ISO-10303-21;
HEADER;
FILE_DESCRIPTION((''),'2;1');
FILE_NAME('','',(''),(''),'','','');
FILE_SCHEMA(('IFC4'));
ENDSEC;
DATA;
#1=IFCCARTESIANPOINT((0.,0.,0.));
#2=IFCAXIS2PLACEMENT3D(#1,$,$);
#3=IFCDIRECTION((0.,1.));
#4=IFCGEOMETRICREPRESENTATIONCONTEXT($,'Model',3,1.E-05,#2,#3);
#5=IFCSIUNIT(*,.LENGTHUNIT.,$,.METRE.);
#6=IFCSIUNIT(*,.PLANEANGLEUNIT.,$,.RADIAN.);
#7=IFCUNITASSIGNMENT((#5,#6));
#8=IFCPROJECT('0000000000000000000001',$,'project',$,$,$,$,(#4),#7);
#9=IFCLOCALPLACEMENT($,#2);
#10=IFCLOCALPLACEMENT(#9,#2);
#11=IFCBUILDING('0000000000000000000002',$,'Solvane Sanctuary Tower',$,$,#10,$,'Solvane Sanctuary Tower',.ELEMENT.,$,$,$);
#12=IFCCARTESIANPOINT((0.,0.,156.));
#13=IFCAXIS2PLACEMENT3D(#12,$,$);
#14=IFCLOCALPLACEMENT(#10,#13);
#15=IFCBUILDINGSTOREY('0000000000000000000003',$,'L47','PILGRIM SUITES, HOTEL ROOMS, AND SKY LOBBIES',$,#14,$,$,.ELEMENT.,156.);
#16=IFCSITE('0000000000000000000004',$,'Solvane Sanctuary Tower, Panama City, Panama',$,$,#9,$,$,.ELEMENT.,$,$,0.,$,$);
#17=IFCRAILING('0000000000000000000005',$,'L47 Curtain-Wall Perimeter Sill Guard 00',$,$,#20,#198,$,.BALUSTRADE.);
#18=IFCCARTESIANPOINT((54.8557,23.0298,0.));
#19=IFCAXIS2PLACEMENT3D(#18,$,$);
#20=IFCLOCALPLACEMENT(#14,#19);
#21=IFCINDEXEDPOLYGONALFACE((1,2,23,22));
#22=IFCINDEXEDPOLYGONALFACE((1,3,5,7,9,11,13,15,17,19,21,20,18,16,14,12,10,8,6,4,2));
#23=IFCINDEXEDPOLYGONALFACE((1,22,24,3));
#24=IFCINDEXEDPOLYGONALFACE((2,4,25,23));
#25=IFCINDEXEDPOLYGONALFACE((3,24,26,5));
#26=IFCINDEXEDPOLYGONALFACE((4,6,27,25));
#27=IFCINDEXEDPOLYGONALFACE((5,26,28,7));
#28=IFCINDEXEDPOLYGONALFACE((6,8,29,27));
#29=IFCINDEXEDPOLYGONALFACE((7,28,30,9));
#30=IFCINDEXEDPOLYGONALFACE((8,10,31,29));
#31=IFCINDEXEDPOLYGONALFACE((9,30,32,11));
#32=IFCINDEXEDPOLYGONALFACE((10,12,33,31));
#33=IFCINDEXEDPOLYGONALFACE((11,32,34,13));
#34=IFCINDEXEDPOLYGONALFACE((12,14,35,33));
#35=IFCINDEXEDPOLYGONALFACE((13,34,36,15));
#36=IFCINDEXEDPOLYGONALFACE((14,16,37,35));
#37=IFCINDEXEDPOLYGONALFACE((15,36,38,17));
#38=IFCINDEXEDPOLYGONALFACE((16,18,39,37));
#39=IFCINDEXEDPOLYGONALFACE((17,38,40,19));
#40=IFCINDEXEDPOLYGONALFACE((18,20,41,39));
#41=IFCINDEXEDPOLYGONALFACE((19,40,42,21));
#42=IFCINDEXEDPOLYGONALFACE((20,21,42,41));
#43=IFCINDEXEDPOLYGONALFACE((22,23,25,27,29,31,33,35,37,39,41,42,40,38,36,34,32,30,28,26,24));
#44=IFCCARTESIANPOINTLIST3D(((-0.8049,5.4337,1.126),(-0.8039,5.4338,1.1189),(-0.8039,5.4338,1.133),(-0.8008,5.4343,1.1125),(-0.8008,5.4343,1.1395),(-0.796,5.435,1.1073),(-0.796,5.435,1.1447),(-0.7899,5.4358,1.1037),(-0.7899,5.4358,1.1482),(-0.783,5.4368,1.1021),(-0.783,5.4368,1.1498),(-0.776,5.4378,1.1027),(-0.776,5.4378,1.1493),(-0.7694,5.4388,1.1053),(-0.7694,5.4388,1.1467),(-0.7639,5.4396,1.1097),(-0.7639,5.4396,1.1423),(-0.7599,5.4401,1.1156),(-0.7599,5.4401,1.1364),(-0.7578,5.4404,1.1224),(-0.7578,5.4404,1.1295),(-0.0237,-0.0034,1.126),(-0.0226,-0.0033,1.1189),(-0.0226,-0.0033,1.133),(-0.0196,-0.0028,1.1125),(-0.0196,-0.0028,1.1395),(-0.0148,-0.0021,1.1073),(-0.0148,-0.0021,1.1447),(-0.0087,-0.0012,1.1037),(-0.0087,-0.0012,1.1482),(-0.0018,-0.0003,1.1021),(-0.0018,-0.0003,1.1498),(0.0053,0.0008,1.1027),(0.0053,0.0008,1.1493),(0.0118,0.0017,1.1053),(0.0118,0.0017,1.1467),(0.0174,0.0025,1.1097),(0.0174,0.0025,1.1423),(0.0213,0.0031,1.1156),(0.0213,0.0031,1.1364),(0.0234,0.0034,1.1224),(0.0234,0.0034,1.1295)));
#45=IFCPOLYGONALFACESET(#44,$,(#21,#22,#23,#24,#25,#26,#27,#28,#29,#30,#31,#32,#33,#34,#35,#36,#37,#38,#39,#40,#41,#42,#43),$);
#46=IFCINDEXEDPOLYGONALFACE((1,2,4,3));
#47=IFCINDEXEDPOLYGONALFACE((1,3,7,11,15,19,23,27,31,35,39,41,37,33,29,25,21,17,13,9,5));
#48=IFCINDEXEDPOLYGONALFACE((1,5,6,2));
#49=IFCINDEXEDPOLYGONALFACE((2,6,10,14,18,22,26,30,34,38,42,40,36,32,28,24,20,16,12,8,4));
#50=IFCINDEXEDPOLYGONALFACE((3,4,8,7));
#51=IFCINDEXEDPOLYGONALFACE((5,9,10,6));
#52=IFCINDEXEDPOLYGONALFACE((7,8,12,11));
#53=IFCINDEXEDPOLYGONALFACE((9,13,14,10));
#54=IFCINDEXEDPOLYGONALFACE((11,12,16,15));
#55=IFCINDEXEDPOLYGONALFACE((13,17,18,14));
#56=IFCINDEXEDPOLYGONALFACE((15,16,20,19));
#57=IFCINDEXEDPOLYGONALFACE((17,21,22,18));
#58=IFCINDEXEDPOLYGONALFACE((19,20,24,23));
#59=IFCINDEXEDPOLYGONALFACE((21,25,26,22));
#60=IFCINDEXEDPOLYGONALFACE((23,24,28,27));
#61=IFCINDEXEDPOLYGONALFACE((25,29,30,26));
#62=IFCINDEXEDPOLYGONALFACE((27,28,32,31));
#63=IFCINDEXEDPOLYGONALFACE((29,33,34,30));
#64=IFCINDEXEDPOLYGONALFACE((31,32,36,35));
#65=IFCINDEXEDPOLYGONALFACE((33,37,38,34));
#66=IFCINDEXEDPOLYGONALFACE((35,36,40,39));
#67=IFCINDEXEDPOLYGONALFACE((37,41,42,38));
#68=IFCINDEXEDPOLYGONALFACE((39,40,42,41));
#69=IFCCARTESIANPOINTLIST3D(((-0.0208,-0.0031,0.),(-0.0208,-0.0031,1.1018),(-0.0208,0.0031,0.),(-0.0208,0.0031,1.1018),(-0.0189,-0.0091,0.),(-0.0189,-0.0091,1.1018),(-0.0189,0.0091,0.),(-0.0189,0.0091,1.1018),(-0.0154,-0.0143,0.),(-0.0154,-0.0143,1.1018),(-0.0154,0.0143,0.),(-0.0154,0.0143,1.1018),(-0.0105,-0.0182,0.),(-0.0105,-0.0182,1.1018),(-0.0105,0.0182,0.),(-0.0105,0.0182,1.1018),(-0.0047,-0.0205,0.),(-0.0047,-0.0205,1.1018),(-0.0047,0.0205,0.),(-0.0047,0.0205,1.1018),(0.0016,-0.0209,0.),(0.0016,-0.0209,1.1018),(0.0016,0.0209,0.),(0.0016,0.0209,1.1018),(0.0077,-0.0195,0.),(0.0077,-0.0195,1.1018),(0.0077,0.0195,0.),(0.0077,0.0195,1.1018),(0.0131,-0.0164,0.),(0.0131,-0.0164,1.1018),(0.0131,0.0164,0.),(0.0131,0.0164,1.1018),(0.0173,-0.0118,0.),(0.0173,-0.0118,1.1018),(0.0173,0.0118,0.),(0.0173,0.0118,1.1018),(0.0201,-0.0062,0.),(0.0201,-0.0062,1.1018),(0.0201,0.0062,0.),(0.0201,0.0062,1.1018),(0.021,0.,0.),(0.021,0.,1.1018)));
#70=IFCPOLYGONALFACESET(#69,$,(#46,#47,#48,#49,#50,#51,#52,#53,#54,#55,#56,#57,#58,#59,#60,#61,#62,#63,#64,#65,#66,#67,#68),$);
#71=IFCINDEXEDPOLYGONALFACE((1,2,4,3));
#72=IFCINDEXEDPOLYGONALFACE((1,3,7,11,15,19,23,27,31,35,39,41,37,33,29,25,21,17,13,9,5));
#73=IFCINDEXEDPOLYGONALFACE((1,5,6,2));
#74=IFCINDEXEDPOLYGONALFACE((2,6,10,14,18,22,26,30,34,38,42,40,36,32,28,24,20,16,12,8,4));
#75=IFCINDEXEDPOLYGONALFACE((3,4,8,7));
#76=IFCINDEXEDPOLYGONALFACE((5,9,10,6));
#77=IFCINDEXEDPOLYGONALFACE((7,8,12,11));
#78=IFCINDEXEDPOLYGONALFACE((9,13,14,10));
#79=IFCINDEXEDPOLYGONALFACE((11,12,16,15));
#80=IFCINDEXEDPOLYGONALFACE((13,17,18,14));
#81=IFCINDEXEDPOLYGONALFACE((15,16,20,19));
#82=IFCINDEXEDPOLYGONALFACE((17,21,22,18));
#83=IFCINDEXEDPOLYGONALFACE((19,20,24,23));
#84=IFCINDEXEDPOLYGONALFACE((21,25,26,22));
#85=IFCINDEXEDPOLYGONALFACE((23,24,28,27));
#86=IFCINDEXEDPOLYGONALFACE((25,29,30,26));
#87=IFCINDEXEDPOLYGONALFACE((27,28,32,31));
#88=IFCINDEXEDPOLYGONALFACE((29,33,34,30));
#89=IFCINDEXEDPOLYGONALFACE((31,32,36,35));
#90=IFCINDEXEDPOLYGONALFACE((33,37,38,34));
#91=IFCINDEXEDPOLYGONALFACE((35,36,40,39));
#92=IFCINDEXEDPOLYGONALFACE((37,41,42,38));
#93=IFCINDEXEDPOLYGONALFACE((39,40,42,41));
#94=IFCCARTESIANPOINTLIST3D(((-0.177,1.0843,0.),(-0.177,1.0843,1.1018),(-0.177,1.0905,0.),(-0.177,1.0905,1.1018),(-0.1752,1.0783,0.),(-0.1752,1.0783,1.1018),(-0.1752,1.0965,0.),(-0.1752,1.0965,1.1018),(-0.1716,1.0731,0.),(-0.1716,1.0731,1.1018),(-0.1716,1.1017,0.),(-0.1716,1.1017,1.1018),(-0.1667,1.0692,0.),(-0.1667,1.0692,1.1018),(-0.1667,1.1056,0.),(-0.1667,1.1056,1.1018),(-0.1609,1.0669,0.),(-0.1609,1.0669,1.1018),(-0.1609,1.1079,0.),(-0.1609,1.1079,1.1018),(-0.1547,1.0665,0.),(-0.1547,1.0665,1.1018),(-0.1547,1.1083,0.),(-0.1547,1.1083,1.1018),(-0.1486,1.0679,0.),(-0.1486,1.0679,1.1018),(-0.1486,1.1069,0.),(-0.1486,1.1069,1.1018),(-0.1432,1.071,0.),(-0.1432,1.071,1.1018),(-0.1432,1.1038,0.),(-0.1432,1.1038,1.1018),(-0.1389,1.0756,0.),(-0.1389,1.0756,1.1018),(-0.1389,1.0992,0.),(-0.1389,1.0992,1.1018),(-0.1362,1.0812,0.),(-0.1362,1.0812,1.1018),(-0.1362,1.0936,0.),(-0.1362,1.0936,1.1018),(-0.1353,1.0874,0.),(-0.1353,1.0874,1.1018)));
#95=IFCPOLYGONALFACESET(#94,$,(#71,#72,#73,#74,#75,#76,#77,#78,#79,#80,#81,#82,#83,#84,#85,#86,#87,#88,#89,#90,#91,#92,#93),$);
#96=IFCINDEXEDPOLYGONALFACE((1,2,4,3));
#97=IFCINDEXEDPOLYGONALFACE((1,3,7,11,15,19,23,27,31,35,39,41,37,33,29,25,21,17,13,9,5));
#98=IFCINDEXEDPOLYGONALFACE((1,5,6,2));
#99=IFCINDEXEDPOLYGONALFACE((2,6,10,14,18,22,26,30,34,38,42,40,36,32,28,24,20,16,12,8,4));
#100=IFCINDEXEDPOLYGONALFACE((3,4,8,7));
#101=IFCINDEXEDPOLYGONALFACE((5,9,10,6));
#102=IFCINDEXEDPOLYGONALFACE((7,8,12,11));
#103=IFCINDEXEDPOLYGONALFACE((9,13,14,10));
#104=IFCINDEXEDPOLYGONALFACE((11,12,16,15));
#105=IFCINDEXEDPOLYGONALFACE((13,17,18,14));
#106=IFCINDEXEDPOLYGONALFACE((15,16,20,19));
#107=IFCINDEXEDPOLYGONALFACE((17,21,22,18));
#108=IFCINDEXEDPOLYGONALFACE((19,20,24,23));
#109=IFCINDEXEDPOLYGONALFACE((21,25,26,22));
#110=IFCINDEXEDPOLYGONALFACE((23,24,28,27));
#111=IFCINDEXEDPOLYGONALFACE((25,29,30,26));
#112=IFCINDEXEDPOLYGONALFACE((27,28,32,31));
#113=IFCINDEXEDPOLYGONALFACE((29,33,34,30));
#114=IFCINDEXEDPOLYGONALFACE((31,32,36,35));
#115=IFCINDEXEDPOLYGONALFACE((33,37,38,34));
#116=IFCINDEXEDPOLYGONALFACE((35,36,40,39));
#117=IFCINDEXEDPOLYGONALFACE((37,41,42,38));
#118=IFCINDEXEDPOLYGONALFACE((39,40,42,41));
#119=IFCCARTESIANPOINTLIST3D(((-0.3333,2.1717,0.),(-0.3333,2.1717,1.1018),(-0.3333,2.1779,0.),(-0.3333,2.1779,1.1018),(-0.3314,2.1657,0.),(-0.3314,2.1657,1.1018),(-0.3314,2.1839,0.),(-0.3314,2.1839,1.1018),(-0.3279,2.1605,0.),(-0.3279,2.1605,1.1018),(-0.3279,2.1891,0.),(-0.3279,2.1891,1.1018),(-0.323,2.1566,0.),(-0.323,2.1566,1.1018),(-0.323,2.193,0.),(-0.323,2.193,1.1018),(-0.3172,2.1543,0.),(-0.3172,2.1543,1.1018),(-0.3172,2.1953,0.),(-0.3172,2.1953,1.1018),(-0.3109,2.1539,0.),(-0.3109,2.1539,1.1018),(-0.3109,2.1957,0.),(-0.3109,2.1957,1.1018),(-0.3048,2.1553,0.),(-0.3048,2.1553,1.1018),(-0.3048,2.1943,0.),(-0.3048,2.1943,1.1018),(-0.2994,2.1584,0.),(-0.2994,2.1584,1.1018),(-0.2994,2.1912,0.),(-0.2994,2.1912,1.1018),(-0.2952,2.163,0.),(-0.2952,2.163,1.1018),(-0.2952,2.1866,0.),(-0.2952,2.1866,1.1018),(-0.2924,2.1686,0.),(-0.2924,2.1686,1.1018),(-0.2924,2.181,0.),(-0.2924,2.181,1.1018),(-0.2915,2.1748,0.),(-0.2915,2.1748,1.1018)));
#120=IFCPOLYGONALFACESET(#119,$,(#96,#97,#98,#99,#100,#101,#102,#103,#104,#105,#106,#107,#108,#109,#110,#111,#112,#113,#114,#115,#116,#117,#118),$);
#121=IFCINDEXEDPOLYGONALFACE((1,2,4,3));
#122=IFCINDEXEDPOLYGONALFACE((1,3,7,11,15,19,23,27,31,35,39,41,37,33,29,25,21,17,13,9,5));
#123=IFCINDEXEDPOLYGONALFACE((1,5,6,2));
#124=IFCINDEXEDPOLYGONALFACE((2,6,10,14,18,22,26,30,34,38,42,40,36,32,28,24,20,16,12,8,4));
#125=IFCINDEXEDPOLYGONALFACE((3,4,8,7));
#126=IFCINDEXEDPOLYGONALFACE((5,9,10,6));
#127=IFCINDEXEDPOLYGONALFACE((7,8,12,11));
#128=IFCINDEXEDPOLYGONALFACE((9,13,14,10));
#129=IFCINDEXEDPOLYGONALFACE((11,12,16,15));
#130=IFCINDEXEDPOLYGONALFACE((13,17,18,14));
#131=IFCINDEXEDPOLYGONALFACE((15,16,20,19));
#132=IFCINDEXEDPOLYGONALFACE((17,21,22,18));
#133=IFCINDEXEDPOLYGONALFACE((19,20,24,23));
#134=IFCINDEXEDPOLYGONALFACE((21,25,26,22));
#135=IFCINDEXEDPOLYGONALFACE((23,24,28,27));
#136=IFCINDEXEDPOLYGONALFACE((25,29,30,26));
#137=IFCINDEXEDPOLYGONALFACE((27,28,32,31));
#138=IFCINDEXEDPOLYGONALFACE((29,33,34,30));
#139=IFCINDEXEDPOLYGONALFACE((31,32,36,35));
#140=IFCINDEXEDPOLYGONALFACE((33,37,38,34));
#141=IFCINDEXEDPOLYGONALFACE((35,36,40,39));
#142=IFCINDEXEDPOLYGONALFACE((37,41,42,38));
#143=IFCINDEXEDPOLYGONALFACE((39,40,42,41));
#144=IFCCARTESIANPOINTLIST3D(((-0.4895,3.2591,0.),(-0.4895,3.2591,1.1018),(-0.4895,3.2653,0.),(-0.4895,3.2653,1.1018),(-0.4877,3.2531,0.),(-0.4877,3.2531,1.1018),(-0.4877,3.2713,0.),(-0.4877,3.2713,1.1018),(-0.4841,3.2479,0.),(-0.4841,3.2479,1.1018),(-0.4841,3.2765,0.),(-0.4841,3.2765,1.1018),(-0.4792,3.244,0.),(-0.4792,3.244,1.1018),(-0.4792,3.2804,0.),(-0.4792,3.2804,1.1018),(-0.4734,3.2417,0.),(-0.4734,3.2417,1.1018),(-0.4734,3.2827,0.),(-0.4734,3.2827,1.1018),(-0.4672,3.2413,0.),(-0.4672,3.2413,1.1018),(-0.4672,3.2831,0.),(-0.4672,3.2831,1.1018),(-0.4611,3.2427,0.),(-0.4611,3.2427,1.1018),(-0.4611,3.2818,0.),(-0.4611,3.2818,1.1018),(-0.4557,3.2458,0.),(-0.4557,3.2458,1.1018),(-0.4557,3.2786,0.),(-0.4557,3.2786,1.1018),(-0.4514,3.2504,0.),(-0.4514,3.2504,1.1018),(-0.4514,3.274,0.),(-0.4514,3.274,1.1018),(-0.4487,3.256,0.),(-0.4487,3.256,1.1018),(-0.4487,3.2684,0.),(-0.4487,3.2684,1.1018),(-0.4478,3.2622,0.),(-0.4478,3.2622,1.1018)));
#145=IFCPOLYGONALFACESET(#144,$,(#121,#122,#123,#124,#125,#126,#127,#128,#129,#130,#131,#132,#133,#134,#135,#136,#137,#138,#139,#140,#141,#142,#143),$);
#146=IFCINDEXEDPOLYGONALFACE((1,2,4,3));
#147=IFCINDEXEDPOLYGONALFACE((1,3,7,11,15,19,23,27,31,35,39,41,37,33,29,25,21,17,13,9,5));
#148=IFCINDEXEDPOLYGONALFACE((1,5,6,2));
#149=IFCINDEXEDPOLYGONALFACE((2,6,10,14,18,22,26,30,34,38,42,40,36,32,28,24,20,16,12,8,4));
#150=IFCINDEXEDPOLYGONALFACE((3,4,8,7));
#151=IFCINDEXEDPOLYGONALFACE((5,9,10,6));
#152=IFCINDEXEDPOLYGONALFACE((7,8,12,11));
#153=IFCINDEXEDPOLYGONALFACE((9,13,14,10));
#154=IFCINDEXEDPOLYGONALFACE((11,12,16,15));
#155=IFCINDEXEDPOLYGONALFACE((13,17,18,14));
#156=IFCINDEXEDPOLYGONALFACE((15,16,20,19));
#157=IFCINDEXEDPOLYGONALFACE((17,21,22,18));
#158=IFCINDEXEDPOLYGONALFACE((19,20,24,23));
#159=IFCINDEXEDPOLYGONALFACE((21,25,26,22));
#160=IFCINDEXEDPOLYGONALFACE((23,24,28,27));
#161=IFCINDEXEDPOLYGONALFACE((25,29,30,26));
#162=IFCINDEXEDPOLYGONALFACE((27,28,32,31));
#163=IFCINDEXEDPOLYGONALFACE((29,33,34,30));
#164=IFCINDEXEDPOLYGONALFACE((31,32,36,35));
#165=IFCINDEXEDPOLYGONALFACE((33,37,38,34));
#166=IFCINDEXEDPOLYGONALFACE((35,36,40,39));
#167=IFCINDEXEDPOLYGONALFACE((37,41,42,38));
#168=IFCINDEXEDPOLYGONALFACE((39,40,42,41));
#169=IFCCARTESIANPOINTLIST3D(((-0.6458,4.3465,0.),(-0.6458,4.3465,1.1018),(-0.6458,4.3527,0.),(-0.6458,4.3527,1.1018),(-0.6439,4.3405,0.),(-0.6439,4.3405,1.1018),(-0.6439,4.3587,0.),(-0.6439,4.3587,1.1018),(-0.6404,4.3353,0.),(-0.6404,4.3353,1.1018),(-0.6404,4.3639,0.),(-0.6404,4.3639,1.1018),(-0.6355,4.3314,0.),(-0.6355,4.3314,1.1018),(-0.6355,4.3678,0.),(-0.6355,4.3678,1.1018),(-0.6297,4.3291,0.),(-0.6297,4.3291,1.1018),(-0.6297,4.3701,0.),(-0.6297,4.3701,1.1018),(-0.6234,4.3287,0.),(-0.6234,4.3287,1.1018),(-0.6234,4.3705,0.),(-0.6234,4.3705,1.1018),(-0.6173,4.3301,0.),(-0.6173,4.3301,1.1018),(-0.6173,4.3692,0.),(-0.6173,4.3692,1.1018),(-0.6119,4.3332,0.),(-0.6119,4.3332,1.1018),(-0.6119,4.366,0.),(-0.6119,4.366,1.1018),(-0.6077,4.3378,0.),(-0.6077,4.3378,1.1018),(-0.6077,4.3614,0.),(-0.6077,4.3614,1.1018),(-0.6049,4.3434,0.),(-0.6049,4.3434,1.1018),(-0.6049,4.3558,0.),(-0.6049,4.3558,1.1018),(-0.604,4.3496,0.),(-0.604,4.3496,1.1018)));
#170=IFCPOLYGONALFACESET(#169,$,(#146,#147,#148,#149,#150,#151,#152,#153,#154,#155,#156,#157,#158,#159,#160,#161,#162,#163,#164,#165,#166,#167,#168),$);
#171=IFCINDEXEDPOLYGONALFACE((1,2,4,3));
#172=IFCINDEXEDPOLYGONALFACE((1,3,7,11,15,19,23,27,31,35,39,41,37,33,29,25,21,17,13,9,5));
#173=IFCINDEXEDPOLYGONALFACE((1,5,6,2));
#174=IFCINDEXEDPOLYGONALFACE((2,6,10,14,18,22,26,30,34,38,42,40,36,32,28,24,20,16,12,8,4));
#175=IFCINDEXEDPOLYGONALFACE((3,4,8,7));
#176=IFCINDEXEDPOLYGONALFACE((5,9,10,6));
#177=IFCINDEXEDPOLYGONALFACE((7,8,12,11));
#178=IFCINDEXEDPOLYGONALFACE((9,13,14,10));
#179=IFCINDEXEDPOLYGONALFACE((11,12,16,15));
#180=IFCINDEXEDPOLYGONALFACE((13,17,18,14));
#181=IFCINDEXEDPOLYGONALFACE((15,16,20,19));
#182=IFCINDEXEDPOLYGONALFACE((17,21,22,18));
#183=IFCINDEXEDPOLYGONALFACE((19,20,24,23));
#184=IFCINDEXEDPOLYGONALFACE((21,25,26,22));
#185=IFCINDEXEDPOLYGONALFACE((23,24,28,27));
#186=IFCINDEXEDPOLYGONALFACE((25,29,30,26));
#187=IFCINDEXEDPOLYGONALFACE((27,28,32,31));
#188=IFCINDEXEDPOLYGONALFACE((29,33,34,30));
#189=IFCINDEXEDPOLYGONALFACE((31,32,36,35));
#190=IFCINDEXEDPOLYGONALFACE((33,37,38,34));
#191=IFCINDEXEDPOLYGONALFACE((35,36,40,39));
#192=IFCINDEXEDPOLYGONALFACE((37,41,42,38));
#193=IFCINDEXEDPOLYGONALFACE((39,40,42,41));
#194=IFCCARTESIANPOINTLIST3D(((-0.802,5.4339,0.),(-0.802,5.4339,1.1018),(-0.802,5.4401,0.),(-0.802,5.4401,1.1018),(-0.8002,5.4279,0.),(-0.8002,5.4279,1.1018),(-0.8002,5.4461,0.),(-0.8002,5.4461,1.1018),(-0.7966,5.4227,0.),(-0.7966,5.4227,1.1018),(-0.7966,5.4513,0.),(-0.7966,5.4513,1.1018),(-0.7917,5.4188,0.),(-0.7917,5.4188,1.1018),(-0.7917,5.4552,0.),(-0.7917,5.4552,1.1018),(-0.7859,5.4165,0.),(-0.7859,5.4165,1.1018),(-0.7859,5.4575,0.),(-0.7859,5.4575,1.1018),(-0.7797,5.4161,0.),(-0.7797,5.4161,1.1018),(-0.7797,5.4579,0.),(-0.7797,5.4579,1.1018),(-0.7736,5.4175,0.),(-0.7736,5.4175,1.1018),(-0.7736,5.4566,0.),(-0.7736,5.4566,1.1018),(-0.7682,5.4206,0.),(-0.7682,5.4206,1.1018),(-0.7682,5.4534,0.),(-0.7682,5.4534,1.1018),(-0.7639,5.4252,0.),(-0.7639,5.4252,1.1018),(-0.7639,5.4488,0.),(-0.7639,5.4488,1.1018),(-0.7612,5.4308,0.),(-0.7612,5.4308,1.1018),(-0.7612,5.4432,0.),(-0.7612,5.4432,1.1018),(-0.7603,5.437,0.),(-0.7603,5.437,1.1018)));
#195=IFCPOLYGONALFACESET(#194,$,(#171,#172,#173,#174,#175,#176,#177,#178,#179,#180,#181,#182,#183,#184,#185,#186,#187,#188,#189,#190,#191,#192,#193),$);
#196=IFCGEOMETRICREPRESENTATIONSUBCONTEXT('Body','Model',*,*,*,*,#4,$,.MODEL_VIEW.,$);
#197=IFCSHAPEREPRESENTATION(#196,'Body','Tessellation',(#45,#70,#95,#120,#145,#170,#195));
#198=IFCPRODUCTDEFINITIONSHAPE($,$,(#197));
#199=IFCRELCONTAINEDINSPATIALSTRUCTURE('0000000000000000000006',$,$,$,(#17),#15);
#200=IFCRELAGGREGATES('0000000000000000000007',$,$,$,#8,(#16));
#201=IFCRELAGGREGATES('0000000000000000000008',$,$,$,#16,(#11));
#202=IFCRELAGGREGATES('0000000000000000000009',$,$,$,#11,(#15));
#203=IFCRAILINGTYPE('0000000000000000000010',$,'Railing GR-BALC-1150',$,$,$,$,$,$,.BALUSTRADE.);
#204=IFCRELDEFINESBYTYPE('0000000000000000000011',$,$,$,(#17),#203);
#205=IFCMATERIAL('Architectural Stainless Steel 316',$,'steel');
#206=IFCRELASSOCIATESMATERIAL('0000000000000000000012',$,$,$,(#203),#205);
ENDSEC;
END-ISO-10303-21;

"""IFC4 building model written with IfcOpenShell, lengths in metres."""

from ifc_helpers import new_model, si_unit, direction, frame, origin, origin_2d, place, context, subcontext, project, spatial, circle, extrude, material, type_object, element, save


model = new_model("IFC4")

# Units and contexts
model_context = context("Model", 3, precision=1e-05, world=origin(), true_north=direction((0.0, 1.0)))
body_context = subcontext(model_context, "Body", "Model", "MODEL_VIEW")
ifc_project = project(units=[si_unit("LENGTHUNIT", "METRE"), si_unit("PLANEANGLEUNIT", "RADIAN")], contexts=[model_context])

# Site, building, storey
site_placement = place(None, origin())
site = spatial("IfcSite", under=ifc_project, at=site_placement, Name="Solvane Sanctuary Tower, Panama City, Panama", CompositionType="ELEMENT", RefElevation=0.0)
building_placement = place(site_placement, origin())
building = spatial("IfcBuilding", under=site, at=building_placement, Name="Solvane Sanctuary Tower", LongName="Solvane Sanctuary Tower", CompositionType="ELEMENT")
storey_placement = place(building_placement, frame((0.0, 0.0, 156.0)))
storey = spatial("IfcBuildingStorey", under=building, at=storey_placement, Name="L47", Description="PILGRIM SUITES, HOTEL ROOMS, AND SKY LOBBIES", CompositionType="ELEMENT", Elevation=156.0)

# Shared definitions
ifc_material_1 = material(Name="Architectural Stainless Steel 316", Category="steel")

# Railing
railing_type = type_object("IfcRailingType", Name="Railing GR-BALC-1150", PredefinedType="BALUSTRADE", material=ifc_material_1)
railing_1_placement = place(storey_placement, frame((54.8557, 23.0298, 0.0)))
element("IfcRailing", 1, at=railing_1_placement, inside=storey, type_object=railing_type, Name="L47 Curtain-Wall Perimeter Sill Guard 00", PredefinedType="BALUSTRADE", context=body_context, shape_type="SweptSolid", body=[
    extrude(circle(Radius=0.0239, at=origin_2d()), frame((0.0, 0.0, 1.126), z_axis=(-0.14223, 0.989834, 0.0), x_axis=(-0.989834, -0.14223, 0.0)), (0.0, 0.0, 1.0), 5.4929),
    extrude(circle(Radius=0.021, at=origin_2d()), origin(), (0.0, 0.0, 1.0), 1.1018),
    extrude(circle(Radius=0.021, at=origin_2d()), frame((-0.1562, 1.0874, 0.0)), (0.0, 0.0, 1.0), 1.1018),
    extrude(circle(Radius=0.021, at=origin_2d()), frame((-0.3125, 2.1748, 0.0)), (0.0, 0.0, 1.0), 1.1018),
    extrude(circle(Radius=0.021, at=origin_2d()), frame((-0.4688, 3.2622, 0.0)), (0.0, 0.0, 1.0), 1.1018),
    extrude(circle(Radius=0.021, at=origin_2d()), frame((-0.625, 4.3496, 0.0)), (0.0, 0.0, 1.0), 1.1018),
    extrude(circle(Radius=0.021, at=origin_2d()), frame((-0.7812, 5.437, 0.0)), (0.0, 0.0, 1.0), 1.1018),
])

save(model, "model.ifc")
